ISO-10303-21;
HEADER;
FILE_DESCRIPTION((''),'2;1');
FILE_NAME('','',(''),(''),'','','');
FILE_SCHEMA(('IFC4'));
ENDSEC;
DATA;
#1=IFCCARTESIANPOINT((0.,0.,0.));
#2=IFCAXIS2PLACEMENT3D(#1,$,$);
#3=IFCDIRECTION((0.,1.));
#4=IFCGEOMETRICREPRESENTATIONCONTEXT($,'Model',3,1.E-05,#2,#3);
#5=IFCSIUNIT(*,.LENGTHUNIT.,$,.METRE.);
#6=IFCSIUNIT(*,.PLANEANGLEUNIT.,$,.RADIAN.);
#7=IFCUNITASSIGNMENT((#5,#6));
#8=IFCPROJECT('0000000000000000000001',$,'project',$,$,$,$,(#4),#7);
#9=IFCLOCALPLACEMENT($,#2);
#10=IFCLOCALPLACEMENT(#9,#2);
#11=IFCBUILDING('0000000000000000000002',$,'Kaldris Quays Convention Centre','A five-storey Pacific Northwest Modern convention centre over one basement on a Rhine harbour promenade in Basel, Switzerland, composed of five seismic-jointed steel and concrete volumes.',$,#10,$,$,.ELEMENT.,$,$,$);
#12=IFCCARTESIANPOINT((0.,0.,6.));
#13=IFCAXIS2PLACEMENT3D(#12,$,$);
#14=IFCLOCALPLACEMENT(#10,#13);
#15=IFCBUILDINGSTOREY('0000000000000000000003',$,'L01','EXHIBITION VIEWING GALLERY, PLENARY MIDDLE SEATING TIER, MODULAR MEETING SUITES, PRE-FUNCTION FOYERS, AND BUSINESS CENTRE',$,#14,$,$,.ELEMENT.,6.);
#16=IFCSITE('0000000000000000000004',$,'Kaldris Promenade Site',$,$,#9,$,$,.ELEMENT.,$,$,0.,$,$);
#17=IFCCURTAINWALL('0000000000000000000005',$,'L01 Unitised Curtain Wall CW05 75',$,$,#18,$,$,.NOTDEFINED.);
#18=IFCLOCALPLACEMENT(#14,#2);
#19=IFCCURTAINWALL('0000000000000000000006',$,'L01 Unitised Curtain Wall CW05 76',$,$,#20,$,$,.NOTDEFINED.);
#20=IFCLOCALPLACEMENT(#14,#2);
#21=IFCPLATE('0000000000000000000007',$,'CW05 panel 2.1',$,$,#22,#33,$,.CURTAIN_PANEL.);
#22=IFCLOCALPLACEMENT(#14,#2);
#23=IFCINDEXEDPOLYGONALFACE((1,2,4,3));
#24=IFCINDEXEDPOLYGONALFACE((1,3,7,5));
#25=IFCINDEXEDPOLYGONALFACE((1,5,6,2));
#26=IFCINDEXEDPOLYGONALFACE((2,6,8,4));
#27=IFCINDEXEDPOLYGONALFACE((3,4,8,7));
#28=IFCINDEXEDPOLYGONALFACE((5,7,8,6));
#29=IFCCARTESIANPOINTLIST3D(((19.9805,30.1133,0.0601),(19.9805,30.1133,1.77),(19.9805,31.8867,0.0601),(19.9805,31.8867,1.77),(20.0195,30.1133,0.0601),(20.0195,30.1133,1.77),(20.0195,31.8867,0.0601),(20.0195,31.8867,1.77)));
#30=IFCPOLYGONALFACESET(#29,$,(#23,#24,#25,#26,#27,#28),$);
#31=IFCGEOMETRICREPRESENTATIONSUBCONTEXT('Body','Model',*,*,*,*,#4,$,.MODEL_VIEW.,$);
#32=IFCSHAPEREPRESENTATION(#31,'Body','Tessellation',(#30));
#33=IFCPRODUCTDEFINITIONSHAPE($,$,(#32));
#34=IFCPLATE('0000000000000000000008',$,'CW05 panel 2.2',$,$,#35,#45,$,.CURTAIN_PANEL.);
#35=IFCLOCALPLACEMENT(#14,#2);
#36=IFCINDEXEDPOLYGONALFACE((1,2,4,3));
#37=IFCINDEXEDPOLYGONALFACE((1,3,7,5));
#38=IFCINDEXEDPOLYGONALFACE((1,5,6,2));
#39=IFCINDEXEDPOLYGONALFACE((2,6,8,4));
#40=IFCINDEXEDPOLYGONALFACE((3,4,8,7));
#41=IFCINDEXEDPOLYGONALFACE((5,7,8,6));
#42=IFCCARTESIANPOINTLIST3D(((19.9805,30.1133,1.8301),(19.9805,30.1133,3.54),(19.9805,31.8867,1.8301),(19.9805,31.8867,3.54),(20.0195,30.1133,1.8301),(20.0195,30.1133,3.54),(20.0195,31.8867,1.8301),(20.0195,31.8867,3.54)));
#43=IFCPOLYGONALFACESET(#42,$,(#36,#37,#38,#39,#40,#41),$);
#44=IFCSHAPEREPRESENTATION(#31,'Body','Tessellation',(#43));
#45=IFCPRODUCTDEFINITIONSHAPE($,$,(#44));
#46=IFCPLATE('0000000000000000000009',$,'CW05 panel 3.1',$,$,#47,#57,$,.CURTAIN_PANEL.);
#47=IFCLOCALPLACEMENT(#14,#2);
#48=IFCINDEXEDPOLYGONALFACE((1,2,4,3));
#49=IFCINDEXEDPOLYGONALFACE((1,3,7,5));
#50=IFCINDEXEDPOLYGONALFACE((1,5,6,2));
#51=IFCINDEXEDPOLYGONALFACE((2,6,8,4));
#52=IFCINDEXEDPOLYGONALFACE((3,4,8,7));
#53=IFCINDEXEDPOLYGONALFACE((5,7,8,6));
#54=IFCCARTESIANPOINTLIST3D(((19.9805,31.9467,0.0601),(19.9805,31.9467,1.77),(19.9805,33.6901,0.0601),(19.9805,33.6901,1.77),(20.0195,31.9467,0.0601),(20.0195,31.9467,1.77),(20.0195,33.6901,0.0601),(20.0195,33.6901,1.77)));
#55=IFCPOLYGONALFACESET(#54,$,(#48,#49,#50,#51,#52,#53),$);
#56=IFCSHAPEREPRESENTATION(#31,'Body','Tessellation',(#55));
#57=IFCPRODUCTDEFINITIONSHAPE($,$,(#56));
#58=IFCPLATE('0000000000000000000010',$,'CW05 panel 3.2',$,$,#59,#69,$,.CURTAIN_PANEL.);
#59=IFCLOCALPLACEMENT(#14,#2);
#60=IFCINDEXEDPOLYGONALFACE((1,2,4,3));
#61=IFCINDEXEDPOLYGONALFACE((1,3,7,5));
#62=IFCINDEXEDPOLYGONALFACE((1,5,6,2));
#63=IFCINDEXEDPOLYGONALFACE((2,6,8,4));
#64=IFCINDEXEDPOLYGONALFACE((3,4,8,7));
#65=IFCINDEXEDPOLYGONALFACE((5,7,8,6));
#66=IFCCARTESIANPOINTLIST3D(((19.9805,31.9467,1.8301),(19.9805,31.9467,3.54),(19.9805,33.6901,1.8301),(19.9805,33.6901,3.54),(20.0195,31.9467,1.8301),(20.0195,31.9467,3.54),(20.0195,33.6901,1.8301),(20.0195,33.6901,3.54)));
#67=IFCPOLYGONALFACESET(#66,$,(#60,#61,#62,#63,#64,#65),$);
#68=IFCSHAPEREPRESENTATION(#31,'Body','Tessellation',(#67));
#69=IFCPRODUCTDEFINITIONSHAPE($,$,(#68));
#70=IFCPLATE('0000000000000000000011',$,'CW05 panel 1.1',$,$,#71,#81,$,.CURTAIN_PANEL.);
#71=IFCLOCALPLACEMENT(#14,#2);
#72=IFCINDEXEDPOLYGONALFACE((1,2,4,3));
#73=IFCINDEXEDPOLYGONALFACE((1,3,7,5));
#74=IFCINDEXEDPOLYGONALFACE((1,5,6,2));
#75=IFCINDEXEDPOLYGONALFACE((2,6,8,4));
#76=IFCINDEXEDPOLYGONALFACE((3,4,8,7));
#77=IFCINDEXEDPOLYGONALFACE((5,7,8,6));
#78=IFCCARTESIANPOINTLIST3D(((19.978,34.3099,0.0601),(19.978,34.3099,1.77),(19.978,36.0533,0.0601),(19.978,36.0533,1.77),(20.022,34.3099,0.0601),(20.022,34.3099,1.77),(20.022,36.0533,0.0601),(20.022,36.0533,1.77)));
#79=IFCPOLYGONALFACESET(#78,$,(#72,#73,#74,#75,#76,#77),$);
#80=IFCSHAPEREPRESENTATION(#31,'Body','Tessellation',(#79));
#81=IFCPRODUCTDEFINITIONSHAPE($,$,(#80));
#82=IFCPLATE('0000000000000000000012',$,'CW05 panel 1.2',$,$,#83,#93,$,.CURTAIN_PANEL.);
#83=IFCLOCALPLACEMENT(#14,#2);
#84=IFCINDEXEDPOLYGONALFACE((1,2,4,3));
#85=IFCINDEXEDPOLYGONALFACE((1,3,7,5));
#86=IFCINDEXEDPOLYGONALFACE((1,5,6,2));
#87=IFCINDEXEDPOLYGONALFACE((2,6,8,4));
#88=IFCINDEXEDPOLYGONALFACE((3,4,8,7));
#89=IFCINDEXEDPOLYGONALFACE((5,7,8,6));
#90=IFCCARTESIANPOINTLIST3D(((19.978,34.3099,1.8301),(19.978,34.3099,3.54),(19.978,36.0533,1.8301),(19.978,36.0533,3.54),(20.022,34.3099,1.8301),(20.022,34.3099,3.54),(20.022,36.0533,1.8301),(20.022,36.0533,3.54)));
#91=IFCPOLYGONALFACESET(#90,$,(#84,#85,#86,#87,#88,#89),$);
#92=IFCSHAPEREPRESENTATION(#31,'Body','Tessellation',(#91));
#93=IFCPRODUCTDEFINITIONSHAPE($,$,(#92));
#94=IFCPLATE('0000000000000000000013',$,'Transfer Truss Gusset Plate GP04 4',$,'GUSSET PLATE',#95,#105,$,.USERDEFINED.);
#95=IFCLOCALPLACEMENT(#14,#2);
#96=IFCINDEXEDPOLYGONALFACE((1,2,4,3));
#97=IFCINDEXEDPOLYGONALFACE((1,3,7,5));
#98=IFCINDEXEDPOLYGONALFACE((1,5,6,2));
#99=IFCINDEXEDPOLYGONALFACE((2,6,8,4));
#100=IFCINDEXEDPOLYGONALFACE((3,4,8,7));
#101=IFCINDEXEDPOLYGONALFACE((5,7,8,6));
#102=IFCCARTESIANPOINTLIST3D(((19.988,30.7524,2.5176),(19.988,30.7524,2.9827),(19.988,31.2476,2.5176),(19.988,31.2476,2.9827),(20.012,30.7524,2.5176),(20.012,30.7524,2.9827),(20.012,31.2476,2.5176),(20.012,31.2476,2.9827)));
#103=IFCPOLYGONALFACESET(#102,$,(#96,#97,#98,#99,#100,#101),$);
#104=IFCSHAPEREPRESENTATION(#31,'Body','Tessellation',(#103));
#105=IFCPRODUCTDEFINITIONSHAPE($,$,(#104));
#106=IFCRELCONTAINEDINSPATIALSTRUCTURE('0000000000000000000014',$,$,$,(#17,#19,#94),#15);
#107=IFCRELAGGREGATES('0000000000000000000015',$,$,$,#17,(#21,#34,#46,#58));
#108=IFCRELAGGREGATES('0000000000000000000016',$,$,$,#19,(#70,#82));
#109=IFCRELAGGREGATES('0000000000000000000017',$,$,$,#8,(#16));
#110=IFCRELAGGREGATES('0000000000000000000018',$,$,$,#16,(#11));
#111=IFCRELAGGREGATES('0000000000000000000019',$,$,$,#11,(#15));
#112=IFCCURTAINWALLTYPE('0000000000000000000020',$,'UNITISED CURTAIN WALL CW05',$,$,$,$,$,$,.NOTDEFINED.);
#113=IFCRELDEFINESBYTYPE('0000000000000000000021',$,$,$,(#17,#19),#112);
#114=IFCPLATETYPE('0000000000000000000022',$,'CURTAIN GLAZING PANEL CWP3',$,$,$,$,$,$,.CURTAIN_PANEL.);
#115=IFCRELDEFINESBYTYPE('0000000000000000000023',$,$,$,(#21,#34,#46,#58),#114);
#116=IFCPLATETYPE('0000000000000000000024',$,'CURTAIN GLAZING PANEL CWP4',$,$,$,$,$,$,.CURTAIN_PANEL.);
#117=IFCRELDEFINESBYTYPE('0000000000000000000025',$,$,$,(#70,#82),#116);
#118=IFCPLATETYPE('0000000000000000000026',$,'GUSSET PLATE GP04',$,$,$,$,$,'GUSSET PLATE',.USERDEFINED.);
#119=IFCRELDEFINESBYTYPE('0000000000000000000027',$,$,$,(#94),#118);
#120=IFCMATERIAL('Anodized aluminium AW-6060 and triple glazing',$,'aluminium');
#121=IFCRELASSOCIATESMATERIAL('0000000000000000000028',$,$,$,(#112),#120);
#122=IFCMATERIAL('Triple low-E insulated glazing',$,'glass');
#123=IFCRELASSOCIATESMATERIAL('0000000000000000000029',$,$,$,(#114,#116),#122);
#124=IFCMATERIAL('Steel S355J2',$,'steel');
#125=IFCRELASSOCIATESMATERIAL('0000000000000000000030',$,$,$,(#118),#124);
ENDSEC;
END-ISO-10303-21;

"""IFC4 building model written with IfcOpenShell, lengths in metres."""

from ifc_helpers import new_model, si_unit, direction, frame, origin, origin_2d, place, context, subcontext, project, spatial, rectangle, extrude, material, type_object, element, aggregate, save


model = new_model("IFC4")

# Units and contexts
model_context = context("Model", 3, precision=1e-05, world=origin(), true_north=direction((0.0, 1.0)))
body_context = subcontext(model_context, "Body", "Model", "MODEL_VIEW")
ifc_project = project(units=[si_unit("LENGTHUNIT", "METRE"), si_unit("PLANEANGLEUNIT", "RADIAN")], contexts=[model_context])

# Site, building, storey
site_placement = place(None, origin())
site = spatial("IfcSite", under=ifc_project, at=site_placement, Name="Kaldris Promenade Site", CompositionType="ELEMENT", RefElevation=0.0)
building_placement = place(site_placement, origin())
building = spatial("IfcBuilding", under=site, at=building_placement, Name="Kaldris Quays Convention Centre", Description="A five-storey Pacific Northwest Modern convention centre over one basement on a Rhine harbour promenade in Basel, Switzerland, composed of five seismic-jointed steel and concrete volumes.", CompositionType="ELEMENT")
storey_placement = place(building_placement, frame((0.0, 0.0, 6.0)))
storey = spatial("IfcBuildingStorey", under=building, at=storey_placement, Name="L01", Description="EXHIBITION VIEWING GALLERY, PLENARY MIDDLE SEATING TIER, MODULAR MEETING SUITES, PRE-FUNCTION FOYERS, AND BUSINESS CENTRE", CompositionType="ELEMENT", Elevation=6.0)

# Curtain wall
ifc_material_1 = material(Name="Anodized aluminium AW-6060 and triple glazing", Category="aluminium")
curtain_wall_type = type_object("IfcCurtainWallType", Name="UNITISED CURTAIN WALL CW05", PredefinedType="NOTDEFINED", material=ifc_material_1)
curtain_wall_1_placement = place(storey_placement, origin())
curtain_wall_1 = element("IfcCurtainWall", 1, at=curtain_wall_1_placement, inside=storey, type_object=curtain_wall_type, Name="L01 Unitised Curtain Wall CW05 75", PredefinedType="NOTDEFINED")

# Curtain wall
curtain_wall_2_placement = place(storey_placement, origin())
curtain_wall_2 = element("IfcCurtainWall", 2, at=curtain_wall_2_placement, inside=storey, type_object=curtain_wall_type, Name="L01 Unitised Curtain Wall CW05 76", PredefinedType="NOTDEFINED")

# Shared definitions
ifc_material_2 = material(Name="Steel S355J2", Category="steel")

# Plates
ifc_material_3 = material(Name="Triple low-E insulated glazing", Category="glass")
plate_type_1 = type_object("IfcPlateType", Name="CURTAIN GLAZING PANEL CWP3", PredefinedType="CURTAIN_PANEL", material=ifc_material_3)
plate_1_placement = place(storey_placement, frame((20.0, 31.0, 0.0601), z_axis=(0.0, 0.0, 1.0), x_axis=(0.0, 1.0, 0.0)))
plate_1 = element("IfcPlate", 3, at=plate_1_placement, type_object=plate_type_1, Name="CW05 panel 2.1", PredefinedType="CURTAIN_PANEL", context=body_context, shape_type="SweptSolid", body=[
    extrude(rectangle(XDim=1.7734, YDim=0.0391, at=origin_2d()), origin(), (0.0, 0.0, 1.0), 1.71),
])
plate_2_placement = place(storey_placement, frame((20.0, 31.0, 1.8301), z_axis=(0.0, 0.0, 1.0), x_axis=(0.0, 1.0, 0.0)))
plate_2 = element("IfcPlate", 4, at=plate_2_placement, type_object=plate_type_1, Name="CW05 panel 2.2", PredefinedType="CURTAIN_PANEL", context=body_context, shape_type="SweptSolid", body=[
    extrude(rectangle(XDim=1.7734, YDim=0.0391, at=origin_2d()), origin(), (0.0, 0.0, 1.0), 1.71),
])
plate_3_placement = place(storey_placement, frame((20.0, 32.8184, 0.0601), z_axis=(0.0, 0.0, 1.0), x_axis=(0.0, 1.0, 0.0)))
plate_3 = element("IfcPlate", 5, at=plate_3_placement, type_object=plate_type_1, Name="CW05 panel 3.1", PredefinedType="CURTAIN_PANEL", context=body_context, shape_type="SweptSolid", body=[
    extrude(rectangle(XDim=1.7434, YDim=0.0391, at=origin_2d()), origin(), (0.0, 0.0, 1.0), 1.71),
])
plate_4_placement = place(storey_placement, frame((20.0, 32.8184, 1.8301), z_axis=(0.0, 0.0, 1.0), x_axis=(0.0, 1.0, 0.0)))
plate_4 = element("IfcPlate", 6, at=plate_4_placement, type_object=plate_type_1, Name="CW05 panel 3.2", PredefinedType="CURTAIN_PANEL", context=body_context, shape_type="SweptSolid", body=[
    extrude(rectangle(XDim=1.7434, YDim=0.0391, at=origin_2d()), origin(), (0.0, 0.0, 1.0), 1.71),
])
aggregate(curtain_wall_1, [plate_1, plate_2, plate_3, plate_4])
plate_type_2 = type_object("IfcPlateType", Name="CURTAIN GLAZING PANEL CWP4", PredefinedType="CURTAIN_PANEL", material=ifc_material_3)
plate_5_placement = place(storey_placement, frame((20.0, 35.1816, 0.0601), z_axis=(0.0, 0.0, 1.0), x_axis=(0.0, 1.0, 0.0)))
plate_5 = element("IfcPlate", 7, at=plate_5_placement, type_object=plate_type_2, Name="CW05 panel 1.1", PredefinedType="CURTAIN_PANEL", context=body_context, shape_type="SweptSolid", body=[
    extrude(rectangle(XDim=1.7434, YDim=0.0439, at=origin_2d()), origin(), (0.0, 0.0, 1.0), 1.71),
])
plate_6_placement = place(storey_placement, frame((20.0, 35.1816, 1.8301), z_axis=(0.0, 0.0, 1.0), x_axis=(0.0, 1.0, 0.0)))
plate_6 = element("IfcPlate", 8, at=plate_6_placement, type_object=plate_type_2, Name="CW05 panel 1.2", PredefinedType="CURTAIN_PANEL", context=body_context, shape_type="SweptSolid", body=[
    extrude(rectangle(XDim=1.7434, YDim=0.0439, at=origin_2d()), origin(), (0.0, 0.0, 1.0), 1.71),
])
aggregate(curtain_wall_2, [plate_5, plate_6])
plate_type_3 = type_object("IfcPlateType", Name="GUSSET PLATE GP04", ElementType="GUSSET PLATE", PredefinedType="USERDEFINED", material=ifc_material_2)
plate_7_placement = place(storey_placement, frame((20.0, 31.0, 2.5176), z_axis=(0.0, 0.0, 1.0), x_axis=(1.0, 0.0, 0.0)))
element("IfcPlate", 9, at=plate_7_placement, inside=storey, type_object=plate_type_3, Name="Transfer Truss Gusset Plate GP04 4", ObjectType="GUSSET PLATE", PredefinedType="USERDEFINED", context=body_context, shape_type="SweptSolid", body=[
    extrude(rectangle(XDim=0.0239, YDim=0.4951, at=origin_2d()), origin(), (0.0, 0.0, 1.0), 0.4651),
])

save(model, "model.ifc")
